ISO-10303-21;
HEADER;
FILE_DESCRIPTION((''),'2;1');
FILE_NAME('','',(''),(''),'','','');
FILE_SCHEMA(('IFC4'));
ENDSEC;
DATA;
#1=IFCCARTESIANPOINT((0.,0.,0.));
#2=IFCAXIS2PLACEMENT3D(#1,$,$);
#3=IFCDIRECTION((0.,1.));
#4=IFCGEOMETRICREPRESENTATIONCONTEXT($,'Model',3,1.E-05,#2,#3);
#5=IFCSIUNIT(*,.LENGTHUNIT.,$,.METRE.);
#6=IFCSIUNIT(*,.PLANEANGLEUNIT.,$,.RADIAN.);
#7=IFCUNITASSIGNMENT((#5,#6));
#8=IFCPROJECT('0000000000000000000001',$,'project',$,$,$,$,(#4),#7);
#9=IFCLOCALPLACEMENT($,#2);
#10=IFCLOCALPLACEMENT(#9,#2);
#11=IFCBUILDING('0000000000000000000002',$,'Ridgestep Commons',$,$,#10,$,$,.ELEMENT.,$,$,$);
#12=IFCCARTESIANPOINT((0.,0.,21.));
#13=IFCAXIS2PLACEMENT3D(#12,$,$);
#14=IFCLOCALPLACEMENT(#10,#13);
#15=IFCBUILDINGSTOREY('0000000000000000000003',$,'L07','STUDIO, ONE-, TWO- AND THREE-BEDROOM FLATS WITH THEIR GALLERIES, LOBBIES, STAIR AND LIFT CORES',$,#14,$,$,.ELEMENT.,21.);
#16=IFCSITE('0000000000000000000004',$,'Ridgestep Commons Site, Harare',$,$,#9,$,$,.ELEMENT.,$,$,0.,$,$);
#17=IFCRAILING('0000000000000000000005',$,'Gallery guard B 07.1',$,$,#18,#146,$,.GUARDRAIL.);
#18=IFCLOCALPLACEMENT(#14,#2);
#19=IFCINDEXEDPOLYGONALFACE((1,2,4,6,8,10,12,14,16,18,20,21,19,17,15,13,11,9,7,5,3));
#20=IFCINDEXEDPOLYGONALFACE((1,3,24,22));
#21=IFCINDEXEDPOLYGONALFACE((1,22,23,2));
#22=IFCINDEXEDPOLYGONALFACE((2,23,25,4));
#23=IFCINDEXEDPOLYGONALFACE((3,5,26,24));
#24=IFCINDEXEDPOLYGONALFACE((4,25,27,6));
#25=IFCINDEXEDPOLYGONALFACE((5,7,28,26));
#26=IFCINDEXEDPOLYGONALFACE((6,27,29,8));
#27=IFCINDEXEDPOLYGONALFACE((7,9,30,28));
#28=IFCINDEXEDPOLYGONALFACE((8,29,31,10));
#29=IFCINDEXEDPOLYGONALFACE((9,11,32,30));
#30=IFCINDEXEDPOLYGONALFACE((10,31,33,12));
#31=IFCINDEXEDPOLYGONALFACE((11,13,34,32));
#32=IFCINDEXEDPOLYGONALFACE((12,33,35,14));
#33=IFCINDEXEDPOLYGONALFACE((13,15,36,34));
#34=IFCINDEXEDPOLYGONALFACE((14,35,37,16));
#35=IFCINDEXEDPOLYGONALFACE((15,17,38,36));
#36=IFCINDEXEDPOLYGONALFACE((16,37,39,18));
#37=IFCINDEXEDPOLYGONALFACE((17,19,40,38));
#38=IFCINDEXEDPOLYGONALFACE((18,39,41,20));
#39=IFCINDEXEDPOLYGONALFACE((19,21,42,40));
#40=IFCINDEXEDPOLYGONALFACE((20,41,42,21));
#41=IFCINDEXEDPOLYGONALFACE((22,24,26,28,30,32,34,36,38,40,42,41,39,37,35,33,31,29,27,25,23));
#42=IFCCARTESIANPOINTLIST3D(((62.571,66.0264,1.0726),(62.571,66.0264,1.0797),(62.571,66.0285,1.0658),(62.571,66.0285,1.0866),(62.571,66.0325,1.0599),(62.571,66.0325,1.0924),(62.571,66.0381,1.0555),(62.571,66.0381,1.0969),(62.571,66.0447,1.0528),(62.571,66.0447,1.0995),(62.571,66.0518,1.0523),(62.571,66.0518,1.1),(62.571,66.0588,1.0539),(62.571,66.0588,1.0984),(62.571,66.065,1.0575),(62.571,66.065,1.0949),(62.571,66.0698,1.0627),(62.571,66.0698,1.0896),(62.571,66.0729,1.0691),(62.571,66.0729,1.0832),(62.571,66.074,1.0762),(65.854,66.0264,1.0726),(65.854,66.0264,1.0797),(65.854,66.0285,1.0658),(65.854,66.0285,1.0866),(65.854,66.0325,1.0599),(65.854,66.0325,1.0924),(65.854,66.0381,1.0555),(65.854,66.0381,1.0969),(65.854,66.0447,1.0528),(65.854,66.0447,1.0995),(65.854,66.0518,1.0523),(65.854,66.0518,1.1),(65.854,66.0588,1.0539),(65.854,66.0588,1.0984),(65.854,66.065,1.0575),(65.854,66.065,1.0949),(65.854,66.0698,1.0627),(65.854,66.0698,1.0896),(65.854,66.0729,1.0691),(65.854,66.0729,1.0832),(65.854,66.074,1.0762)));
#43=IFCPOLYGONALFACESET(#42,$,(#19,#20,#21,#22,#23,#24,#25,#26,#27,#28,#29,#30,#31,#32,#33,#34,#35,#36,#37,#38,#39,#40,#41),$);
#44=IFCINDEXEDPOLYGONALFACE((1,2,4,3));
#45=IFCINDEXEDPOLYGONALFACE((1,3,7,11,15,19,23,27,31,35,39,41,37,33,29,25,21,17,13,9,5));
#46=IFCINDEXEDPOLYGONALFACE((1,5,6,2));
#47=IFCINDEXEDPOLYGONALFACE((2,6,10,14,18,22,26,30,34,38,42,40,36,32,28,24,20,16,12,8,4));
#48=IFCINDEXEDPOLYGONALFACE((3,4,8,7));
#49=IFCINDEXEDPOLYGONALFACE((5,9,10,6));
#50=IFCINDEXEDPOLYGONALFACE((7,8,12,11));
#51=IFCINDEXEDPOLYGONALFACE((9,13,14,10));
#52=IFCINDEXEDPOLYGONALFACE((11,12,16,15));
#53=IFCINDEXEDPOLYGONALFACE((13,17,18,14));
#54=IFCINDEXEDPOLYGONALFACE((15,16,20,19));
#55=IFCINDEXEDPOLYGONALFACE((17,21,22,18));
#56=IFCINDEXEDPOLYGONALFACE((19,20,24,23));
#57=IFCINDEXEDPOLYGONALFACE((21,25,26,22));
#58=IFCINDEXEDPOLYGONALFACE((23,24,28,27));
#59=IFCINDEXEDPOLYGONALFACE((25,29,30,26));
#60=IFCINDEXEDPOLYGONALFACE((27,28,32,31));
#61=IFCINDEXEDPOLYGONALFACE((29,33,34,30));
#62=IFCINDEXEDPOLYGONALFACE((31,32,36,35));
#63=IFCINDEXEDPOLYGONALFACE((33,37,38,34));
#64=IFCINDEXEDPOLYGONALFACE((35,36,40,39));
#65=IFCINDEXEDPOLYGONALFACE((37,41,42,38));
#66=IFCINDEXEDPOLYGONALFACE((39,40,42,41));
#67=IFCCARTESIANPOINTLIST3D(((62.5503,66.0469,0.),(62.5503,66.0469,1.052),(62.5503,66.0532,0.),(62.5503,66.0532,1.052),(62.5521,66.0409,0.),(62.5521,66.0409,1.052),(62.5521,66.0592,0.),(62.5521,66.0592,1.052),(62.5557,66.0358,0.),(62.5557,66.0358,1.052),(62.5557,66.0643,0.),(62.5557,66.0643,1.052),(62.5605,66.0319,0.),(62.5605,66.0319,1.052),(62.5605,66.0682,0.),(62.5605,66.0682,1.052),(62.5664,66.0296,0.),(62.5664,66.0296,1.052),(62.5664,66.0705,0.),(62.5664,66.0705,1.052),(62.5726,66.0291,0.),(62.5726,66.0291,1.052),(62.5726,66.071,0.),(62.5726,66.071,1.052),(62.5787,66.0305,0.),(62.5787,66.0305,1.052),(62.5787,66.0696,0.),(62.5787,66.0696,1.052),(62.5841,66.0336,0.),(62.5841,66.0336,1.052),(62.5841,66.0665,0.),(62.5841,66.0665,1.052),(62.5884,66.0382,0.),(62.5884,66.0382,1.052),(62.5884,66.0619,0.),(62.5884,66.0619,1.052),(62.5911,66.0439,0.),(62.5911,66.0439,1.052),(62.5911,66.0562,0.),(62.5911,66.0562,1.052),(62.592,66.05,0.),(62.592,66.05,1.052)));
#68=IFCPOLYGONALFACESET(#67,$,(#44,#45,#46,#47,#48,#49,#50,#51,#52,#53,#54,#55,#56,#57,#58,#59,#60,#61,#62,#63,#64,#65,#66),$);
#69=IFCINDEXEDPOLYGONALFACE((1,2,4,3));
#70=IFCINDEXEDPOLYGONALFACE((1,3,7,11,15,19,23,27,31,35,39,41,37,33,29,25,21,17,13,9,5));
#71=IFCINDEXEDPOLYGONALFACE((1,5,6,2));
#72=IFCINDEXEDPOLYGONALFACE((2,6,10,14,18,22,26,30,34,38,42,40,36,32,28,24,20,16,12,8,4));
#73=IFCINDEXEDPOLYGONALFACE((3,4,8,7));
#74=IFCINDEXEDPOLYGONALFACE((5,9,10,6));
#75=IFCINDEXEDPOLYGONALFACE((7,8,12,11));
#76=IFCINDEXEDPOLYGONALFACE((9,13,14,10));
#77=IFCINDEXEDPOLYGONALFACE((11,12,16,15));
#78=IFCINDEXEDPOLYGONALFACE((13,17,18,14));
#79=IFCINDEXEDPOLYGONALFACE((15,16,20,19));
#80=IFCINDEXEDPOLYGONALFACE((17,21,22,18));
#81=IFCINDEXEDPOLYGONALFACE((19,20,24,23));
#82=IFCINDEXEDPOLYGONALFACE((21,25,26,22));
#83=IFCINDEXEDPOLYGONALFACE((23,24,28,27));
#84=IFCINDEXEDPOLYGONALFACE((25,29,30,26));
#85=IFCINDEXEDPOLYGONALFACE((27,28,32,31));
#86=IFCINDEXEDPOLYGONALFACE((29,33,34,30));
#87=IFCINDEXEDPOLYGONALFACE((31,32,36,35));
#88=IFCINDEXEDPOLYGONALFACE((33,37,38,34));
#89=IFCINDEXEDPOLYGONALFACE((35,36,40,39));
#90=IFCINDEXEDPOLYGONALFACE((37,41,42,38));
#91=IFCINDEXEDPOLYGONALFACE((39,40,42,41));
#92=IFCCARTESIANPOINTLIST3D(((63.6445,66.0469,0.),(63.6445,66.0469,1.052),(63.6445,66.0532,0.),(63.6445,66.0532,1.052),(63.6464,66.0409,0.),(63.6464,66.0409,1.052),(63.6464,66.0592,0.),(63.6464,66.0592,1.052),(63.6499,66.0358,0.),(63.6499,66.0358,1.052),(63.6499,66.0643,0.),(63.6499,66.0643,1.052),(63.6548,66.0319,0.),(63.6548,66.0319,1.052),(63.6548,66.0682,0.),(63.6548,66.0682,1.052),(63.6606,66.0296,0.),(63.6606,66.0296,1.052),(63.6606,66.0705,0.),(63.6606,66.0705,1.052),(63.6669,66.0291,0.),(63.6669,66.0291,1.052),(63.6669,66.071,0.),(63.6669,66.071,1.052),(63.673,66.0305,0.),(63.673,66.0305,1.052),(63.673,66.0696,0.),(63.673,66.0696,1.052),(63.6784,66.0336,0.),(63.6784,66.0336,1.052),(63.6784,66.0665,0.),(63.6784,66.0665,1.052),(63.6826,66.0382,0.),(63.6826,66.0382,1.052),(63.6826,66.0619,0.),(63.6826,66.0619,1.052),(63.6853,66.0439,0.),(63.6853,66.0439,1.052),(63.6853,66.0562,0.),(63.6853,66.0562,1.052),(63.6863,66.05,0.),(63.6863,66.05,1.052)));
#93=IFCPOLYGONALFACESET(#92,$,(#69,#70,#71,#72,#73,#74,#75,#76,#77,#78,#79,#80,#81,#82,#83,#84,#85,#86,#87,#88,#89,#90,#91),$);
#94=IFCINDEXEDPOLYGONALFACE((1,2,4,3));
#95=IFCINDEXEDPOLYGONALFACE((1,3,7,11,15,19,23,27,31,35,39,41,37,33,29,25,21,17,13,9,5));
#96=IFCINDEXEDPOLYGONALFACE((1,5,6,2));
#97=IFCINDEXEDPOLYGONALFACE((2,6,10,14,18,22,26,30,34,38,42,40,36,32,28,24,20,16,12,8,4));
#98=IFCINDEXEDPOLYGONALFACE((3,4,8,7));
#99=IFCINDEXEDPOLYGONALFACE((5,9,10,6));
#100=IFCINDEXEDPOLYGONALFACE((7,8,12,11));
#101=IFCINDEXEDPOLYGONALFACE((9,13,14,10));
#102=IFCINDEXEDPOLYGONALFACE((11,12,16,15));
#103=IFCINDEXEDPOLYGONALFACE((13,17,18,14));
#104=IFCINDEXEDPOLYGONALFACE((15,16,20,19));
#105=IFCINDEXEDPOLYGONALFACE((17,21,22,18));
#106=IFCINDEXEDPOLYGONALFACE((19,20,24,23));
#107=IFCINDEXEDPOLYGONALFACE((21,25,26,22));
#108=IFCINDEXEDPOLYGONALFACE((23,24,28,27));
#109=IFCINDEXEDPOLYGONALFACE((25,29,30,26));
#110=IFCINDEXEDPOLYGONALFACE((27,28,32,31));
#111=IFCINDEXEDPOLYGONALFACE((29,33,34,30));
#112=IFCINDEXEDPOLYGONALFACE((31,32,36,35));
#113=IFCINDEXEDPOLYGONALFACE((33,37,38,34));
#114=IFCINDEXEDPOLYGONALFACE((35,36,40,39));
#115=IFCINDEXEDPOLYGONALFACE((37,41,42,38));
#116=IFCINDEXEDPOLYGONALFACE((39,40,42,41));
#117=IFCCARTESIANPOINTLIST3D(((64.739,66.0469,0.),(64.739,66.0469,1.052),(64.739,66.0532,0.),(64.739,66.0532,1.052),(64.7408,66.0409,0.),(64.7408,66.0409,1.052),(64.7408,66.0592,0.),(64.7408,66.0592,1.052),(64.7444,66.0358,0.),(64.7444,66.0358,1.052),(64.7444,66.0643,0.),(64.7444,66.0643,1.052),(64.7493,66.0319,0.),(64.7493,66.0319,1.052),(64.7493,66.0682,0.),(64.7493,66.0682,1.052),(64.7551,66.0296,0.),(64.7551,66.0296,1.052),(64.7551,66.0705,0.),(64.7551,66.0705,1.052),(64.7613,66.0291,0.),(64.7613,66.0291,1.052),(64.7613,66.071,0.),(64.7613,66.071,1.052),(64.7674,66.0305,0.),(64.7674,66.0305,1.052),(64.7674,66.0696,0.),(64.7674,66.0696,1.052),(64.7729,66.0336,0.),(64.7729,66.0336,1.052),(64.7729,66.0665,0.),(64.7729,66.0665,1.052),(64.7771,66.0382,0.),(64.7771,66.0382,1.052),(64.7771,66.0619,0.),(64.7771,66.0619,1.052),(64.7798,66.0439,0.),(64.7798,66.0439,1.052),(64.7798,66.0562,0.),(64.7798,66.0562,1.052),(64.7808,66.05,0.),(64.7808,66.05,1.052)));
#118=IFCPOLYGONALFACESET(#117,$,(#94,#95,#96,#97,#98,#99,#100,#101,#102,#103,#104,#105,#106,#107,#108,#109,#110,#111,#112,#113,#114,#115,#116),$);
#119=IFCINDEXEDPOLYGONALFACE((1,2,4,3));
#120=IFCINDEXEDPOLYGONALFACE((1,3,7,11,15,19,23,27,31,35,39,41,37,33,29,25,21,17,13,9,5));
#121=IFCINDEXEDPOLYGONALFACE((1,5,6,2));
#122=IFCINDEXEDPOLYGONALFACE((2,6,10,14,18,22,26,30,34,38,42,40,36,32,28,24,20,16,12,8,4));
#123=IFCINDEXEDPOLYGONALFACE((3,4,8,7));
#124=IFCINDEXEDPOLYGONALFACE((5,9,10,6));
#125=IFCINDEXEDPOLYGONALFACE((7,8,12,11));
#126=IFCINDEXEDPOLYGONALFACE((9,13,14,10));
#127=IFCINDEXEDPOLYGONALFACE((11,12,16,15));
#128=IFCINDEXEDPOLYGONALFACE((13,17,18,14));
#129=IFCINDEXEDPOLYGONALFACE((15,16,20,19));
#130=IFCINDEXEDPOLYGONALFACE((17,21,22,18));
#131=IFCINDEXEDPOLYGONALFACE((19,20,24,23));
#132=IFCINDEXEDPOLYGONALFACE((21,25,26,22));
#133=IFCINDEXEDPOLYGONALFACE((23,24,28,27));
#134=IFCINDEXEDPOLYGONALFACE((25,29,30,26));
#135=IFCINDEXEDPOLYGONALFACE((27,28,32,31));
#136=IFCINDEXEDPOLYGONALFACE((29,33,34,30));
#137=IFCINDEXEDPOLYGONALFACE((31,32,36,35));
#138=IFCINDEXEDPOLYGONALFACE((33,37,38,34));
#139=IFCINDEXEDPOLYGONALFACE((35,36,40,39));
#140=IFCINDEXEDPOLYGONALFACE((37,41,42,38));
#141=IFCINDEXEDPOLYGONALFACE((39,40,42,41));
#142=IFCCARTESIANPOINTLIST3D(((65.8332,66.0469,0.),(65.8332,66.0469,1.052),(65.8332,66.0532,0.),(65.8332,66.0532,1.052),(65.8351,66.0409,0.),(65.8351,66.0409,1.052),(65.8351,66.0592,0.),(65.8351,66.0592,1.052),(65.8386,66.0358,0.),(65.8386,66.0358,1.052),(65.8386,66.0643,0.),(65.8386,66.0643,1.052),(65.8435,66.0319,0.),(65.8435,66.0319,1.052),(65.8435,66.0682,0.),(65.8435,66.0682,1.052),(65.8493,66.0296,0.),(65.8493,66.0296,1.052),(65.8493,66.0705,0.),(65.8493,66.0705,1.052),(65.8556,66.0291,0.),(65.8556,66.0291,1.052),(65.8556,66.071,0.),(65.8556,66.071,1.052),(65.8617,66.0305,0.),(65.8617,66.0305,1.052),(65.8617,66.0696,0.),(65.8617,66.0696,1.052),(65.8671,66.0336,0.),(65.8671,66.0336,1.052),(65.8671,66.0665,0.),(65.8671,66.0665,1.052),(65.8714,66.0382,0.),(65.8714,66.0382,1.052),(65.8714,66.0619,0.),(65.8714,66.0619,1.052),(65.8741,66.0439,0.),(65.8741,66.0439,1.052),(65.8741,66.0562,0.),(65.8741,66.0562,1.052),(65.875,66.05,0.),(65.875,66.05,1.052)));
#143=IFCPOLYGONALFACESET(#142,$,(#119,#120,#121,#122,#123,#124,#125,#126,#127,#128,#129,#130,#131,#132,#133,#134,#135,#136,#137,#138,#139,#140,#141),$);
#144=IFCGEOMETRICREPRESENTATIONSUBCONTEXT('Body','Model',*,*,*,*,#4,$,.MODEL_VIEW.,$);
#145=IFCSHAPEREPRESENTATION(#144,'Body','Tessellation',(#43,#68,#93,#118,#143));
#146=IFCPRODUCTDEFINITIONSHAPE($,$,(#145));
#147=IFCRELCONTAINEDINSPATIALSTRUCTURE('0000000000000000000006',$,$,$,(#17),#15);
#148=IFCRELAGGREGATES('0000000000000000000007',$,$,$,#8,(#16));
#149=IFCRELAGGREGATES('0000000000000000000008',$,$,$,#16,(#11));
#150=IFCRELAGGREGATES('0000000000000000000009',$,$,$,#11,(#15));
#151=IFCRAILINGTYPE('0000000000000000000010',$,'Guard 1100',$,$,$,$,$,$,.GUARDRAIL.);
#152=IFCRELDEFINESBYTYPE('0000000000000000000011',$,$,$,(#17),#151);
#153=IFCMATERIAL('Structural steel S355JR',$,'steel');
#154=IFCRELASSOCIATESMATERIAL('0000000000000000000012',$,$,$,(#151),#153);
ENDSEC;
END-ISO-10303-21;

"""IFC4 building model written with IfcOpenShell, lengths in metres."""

from ifc_helpers import new_model, si_unit, direction, frame, origin, origin_2d, place, context, subcontext, project, spatial, circle, extrude, material, type_object, element, save


model = new_model("IFC4")

# Units and contexts
model_context = context("Model", 3, precision=1e-05, world=origin(), true_north=direction((0.0, 1.0)))
body_context = subcontext(model_context, "Body", "Model", "MODEL_VIEW")
ifc_project = project(units=[si_unit("LENGTHUNIT", "METRE"), si_unit("PLANEANGLEUNIT", "RADIAN")], contexts=[model_context])

# Site, building, storey
site_placement = place(None, origin())
site = spatial("IfcSite", under=ifc_project, at=site_placement, Name="Ridgestep Commons Site, Harare", CompositionType="ELEMENT", RefElevation=0.0)
building_placement = place(site_placement, origin())
building = spatial("IfcBuilding", under=site, at=building_placement, Name="Ridgestep Commons", CompositionType="ELEMENT")
storey_placement = place(building_placement, frame((0.0, 0.0, 21.0)))
storey = spatial("IfcBuildingStorey", under=building, at=storey_placement, Name="L07", Description="STUDIO, ONE-, TWO- AND THREE-BEDROOM FLATS WITH THEIR GALLERIES, LOBBIES, STAIR AND LIFT CORES", CompositionType="ELEMENT", Elevation=21.0)

# Railing
ifc_material_1 = material(Name="Structural steel S355JR", Category="steel")
railing_type_1 = type_object("IfcRailingType", Name="Guard 1100", PredefinedType="GUARDRAIL", material=ifc_material_1)
railing_1_placement = place(storey_placement, frame((62.571, 66.05, 0.0)))
element("IfcRailing", 1, at=railing_1_placement, inside=storey, type_object=railing_type_1, Name="Gallery guard B 07.1", PredefinedType="GUARDRAIL", context=body_context, shape_type="SweptSolid", body=[
    extrude(circle(Radius=0.0239, at=origin_2d()), frame((0.0, 0.0, 1.0762), z_axis=(1.0, 0.0, 0.0), x_axis=(0.0, 1.0, 0.0)), (0.0, 0.0, 1.0), 3.283),
    extrude(circle(Radius=0.021, at=origin_2d()), origin(), (0.0, 0.0, 1.0), 1.052),
    extrude(circle(Radius=0.021, at=origin_2d()), frame((1.0942, 0.0, 0.0)), (0.0, 0.0, 1.0), 1.052),
    extrude(circle(Radius=0.021, at=origin_2d()), frame((2.1887, 0.0, 0.0)), (0.0, 0.0, 1.0), 1.052),
    extrude(circle(Radius=0.021, at=origin_2d()), frame((3.283, 0.0, 0.0)), (0.0, 0.0, 1.0), 1.052),
])

save(model, "model.ifc")
